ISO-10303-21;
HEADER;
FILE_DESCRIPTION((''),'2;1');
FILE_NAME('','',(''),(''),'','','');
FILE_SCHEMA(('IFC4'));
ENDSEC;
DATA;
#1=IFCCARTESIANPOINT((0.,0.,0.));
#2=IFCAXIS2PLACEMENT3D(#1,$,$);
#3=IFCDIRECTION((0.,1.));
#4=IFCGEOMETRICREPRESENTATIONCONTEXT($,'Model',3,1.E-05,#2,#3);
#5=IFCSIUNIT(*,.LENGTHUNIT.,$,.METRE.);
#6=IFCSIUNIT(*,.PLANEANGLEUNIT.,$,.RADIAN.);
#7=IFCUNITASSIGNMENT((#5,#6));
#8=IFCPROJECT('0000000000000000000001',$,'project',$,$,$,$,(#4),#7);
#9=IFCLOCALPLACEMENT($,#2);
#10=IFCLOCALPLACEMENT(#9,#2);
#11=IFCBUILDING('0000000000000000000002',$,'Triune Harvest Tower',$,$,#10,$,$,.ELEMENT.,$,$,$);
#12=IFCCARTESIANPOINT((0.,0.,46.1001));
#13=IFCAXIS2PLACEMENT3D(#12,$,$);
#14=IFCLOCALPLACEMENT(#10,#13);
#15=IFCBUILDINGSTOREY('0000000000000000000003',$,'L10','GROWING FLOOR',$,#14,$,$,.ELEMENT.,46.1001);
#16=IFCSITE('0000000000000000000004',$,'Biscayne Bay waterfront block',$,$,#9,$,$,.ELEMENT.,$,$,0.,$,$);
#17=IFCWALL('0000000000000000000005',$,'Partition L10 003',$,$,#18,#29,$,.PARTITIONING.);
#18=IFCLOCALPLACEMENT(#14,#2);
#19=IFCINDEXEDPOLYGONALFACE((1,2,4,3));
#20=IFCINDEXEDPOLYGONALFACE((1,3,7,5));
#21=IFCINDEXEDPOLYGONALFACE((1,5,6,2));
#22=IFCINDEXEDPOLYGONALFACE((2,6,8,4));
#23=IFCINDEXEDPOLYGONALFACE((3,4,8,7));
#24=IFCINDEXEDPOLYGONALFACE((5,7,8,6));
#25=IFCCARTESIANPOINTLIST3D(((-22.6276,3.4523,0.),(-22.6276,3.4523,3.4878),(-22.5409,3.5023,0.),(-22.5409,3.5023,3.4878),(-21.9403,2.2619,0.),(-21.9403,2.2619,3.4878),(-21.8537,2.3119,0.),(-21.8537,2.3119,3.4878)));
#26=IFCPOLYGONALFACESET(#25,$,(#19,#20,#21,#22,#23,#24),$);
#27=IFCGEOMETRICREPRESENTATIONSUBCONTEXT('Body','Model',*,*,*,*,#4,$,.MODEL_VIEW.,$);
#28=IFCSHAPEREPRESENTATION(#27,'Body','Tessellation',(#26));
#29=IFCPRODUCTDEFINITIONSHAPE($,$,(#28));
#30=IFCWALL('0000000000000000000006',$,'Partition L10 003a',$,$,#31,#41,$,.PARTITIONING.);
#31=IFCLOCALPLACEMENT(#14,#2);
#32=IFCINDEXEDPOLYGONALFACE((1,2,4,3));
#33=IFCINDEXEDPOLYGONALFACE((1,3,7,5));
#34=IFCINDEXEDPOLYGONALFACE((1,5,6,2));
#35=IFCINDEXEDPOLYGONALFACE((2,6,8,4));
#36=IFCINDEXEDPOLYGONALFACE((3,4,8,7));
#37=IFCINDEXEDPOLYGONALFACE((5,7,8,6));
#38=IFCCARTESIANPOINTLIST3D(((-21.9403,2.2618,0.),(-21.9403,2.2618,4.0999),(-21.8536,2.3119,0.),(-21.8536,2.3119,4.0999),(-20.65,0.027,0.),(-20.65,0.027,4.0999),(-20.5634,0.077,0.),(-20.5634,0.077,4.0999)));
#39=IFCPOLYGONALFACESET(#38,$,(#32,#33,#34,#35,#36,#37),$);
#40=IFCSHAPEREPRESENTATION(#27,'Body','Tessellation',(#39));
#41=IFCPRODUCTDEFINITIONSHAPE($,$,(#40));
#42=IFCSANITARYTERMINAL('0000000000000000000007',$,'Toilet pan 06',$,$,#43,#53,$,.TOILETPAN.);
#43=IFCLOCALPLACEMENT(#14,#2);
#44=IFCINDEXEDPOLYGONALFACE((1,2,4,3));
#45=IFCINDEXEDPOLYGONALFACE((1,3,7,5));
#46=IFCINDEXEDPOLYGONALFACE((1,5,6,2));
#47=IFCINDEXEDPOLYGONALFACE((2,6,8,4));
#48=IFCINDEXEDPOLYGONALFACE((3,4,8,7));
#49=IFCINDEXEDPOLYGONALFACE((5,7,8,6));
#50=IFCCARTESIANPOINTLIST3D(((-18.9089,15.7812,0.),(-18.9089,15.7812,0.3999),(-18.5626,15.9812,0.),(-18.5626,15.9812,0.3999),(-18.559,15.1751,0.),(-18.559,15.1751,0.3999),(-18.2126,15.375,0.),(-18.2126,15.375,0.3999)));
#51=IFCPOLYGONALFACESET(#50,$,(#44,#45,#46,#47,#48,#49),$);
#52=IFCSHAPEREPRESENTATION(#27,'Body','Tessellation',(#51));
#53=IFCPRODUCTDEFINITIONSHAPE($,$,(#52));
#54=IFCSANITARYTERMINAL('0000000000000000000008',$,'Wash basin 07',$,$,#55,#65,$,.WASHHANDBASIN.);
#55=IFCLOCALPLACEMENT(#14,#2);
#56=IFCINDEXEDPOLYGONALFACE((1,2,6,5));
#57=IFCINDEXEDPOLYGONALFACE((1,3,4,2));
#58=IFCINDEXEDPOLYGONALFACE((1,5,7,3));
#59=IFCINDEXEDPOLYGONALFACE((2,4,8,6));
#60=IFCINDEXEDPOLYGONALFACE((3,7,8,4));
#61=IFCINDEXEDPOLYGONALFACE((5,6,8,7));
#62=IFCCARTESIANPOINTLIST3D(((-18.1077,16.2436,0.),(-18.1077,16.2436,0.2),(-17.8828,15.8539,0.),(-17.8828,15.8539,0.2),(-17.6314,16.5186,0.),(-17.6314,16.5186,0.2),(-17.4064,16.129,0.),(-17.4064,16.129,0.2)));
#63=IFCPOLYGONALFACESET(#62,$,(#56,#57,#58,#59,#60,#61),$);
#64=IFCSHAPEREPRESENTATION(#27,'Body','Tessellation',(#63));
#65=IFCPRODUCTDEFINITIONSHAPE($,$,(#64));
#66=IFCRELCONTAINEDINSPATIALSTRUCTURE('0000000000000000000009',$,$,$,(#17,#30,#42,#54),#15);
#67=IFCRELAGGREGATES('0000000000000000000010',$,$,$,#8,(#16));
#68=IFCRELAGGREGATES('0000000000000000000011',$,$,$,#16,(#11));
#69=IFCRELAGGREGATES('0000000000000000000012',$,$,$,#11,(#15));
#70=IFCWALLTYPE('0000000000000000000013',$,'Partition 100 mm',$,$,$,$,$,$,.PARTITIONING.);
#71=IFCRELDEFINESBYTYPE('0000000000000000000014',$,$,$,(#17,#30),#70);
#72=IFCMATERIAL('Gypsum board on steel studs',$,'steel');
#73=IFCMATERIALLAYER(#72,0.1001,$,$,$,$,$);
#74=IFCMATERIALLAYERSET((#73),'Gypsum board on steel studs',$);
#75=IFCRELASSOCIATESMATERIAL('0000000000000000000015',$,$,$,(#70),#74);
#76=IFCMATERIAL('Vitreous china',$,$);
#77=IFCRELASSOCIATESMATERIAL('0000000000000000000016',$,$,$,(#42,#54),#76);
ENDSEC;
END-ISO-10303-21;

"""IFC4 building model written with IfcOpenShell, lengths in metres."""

from ifc_helpers import new_model, si_unit, direction, frame, frame_2d, origin, origin_2d, place, context, subcontext, project, spatial, rectangle, extrude, source, transform, mapped, material, layer, layer_set, type_object, element, save


model = new_model("IFC4")

# Units and contexts
model_context = context("Model", 3, precision=1e-05, world=origin(), true_north=direction((0.0, 1.0)))
body_context = subcontext(model_context, "Body", "Model", "MODEL_VIEW")
ifc_project = project(units=[si_unit("LENGTHUNIT", "METRE"), si_unit("PLANEANGLEUNIT", "RADIAN")], contexts=[model_context])

# Site, building, storey
site_placement = place(None, origin())
site = spatial("IfcSite", under=ifc_project, at=site_placement, Name="Biscayne Bay waterfront block", CompositionType="ELEMENT", RefElevation=0.0)
building_placement = place(site_placement, origin())
building = spatial("IfcBuilding", under=site, at=building_placement, Name="Triune Harvest Tower", CompositionType="ELEMENT")
storey_placement = place(building_placement, frame((0.0, 0.0, 46.1001)))
storey = spatial("IfcBuildingStorey", under=building, at=storey_placement, Name="L10", Description="GROWING FLOOR", CompositionType="ELEMENT", Elevation=46.1001)

# Walls
ifc_material_1 = material(Name="Gypsum board on steel studs", Category="steel")
ifc_layer_1 = layer(ifc_material_1, 0.1001)
ifc_layer_set_1 = layer_set([ifc_layer_1], Name="Gypsum board on steel studs")
wall_type_1 = type_object("IfcWallType", Name="Partition 100 mm", PredefinedType="PARTITIONING", material=ifc_layer_set_1)
wall_1_placement = place(storey_placement, frame((-22.5842, 3.4773, 0.0), z_axis=(0.0, 0.0, 1.0), x_axis=(0.499979, -0.866038, 0.0)))
element("IfcWall", 1, at=wall_1_placement, inside=storey, type_object=wall_type_1, Name="Partition L10 003", PredefinedType="PARTITIONING", context=body_context, shape_type="SweptSolid", body=[
    extrude(rectangle(XDim=1.3745, YDim=0.1001, at=frame_2d((0.6873, 0.0))), origin(), (0.0, 0.0, 1.0), 3.4878),
])
wall_2_placement = place(storey_placement, frame((-21.897, 2.2869, 0.0), z_axis=(0.0, 0.0, 1.0), x_axis=(0.499995, -0.866028, 0.0)))
element("IfcWall", 2, at=wall_2_placement, inside=storey, type_object=wall_type_1, Name="Partition L10 003a", PredefinedType="PARTITIONING", context=body_context, shape_type="SweptSolid", body=[
    extrude(rectangle(XDim=2.5806, YDim=0.1001, at=frame_2d((1.2903, 0.0))), origin(), (0.0, 0.0, 1.0), 4.0999),
])

# Sanitary terminals
ifc_material_2 = material(Name="Vitreous china")
shared_shape_1 = source(origin(), body_context, "Body", "SweptSolid", [
    extrude(rectangle(XDim=0.3999, YDim=0.7, at=origin_2d()), origin(), (0.0, 0.0, 1.0), 0.3999),
])
sanitary_terminal_1_placement = place(storey_placement, frame((-18.5608, 15.5781, 0.0), z_axis=(0.0, 0.0, 1.0), x_axis=(0.866034, 0.499985, 0.0)))
element("IfcSanitaryTerminal", 3, at=sanitary_terminal_1_placement, inside=storey, material=ifc_material_2, Name="Toilet pan 06", PredefinedType="TOILETPAN", context=body_context, shape_type="MappedRepresentation", body=[
    mapped(shared_shape_1, transform((0.0, 0.0, 0.0), scale=1.0)),
])
shared_shape_2 = source(origin(), body_context, "Body", "SweptSolid", [
    extrude(rectangle(XDim=0.55, YDim=0.45, at=origin_2d()), origin(), (0.0, 0.0, 1.0), 0.2),
])
sanitary_terminal_2_placement = place(storey_placement, frame((-17.7571, 16.1863, 0.0), z_axis=(0.0, 0.0, 1.0), x_axis=(0.866034, 0.499985, 0.0)))
element("IfcSanitaryTerminal", 4, at=sanitary_terminal_2_placement, inside=storey, material=ifc_material_2, Name="Wash basin 07", PredefinedType="WASHHANDBASIN", context=body_context, shape_type="MappedRepresentation", body=[
    mapped(shared_shape_2, transform((0.0, 0.0, 0.0), scale=1.0)),
])

save(model, "model.ifc")
